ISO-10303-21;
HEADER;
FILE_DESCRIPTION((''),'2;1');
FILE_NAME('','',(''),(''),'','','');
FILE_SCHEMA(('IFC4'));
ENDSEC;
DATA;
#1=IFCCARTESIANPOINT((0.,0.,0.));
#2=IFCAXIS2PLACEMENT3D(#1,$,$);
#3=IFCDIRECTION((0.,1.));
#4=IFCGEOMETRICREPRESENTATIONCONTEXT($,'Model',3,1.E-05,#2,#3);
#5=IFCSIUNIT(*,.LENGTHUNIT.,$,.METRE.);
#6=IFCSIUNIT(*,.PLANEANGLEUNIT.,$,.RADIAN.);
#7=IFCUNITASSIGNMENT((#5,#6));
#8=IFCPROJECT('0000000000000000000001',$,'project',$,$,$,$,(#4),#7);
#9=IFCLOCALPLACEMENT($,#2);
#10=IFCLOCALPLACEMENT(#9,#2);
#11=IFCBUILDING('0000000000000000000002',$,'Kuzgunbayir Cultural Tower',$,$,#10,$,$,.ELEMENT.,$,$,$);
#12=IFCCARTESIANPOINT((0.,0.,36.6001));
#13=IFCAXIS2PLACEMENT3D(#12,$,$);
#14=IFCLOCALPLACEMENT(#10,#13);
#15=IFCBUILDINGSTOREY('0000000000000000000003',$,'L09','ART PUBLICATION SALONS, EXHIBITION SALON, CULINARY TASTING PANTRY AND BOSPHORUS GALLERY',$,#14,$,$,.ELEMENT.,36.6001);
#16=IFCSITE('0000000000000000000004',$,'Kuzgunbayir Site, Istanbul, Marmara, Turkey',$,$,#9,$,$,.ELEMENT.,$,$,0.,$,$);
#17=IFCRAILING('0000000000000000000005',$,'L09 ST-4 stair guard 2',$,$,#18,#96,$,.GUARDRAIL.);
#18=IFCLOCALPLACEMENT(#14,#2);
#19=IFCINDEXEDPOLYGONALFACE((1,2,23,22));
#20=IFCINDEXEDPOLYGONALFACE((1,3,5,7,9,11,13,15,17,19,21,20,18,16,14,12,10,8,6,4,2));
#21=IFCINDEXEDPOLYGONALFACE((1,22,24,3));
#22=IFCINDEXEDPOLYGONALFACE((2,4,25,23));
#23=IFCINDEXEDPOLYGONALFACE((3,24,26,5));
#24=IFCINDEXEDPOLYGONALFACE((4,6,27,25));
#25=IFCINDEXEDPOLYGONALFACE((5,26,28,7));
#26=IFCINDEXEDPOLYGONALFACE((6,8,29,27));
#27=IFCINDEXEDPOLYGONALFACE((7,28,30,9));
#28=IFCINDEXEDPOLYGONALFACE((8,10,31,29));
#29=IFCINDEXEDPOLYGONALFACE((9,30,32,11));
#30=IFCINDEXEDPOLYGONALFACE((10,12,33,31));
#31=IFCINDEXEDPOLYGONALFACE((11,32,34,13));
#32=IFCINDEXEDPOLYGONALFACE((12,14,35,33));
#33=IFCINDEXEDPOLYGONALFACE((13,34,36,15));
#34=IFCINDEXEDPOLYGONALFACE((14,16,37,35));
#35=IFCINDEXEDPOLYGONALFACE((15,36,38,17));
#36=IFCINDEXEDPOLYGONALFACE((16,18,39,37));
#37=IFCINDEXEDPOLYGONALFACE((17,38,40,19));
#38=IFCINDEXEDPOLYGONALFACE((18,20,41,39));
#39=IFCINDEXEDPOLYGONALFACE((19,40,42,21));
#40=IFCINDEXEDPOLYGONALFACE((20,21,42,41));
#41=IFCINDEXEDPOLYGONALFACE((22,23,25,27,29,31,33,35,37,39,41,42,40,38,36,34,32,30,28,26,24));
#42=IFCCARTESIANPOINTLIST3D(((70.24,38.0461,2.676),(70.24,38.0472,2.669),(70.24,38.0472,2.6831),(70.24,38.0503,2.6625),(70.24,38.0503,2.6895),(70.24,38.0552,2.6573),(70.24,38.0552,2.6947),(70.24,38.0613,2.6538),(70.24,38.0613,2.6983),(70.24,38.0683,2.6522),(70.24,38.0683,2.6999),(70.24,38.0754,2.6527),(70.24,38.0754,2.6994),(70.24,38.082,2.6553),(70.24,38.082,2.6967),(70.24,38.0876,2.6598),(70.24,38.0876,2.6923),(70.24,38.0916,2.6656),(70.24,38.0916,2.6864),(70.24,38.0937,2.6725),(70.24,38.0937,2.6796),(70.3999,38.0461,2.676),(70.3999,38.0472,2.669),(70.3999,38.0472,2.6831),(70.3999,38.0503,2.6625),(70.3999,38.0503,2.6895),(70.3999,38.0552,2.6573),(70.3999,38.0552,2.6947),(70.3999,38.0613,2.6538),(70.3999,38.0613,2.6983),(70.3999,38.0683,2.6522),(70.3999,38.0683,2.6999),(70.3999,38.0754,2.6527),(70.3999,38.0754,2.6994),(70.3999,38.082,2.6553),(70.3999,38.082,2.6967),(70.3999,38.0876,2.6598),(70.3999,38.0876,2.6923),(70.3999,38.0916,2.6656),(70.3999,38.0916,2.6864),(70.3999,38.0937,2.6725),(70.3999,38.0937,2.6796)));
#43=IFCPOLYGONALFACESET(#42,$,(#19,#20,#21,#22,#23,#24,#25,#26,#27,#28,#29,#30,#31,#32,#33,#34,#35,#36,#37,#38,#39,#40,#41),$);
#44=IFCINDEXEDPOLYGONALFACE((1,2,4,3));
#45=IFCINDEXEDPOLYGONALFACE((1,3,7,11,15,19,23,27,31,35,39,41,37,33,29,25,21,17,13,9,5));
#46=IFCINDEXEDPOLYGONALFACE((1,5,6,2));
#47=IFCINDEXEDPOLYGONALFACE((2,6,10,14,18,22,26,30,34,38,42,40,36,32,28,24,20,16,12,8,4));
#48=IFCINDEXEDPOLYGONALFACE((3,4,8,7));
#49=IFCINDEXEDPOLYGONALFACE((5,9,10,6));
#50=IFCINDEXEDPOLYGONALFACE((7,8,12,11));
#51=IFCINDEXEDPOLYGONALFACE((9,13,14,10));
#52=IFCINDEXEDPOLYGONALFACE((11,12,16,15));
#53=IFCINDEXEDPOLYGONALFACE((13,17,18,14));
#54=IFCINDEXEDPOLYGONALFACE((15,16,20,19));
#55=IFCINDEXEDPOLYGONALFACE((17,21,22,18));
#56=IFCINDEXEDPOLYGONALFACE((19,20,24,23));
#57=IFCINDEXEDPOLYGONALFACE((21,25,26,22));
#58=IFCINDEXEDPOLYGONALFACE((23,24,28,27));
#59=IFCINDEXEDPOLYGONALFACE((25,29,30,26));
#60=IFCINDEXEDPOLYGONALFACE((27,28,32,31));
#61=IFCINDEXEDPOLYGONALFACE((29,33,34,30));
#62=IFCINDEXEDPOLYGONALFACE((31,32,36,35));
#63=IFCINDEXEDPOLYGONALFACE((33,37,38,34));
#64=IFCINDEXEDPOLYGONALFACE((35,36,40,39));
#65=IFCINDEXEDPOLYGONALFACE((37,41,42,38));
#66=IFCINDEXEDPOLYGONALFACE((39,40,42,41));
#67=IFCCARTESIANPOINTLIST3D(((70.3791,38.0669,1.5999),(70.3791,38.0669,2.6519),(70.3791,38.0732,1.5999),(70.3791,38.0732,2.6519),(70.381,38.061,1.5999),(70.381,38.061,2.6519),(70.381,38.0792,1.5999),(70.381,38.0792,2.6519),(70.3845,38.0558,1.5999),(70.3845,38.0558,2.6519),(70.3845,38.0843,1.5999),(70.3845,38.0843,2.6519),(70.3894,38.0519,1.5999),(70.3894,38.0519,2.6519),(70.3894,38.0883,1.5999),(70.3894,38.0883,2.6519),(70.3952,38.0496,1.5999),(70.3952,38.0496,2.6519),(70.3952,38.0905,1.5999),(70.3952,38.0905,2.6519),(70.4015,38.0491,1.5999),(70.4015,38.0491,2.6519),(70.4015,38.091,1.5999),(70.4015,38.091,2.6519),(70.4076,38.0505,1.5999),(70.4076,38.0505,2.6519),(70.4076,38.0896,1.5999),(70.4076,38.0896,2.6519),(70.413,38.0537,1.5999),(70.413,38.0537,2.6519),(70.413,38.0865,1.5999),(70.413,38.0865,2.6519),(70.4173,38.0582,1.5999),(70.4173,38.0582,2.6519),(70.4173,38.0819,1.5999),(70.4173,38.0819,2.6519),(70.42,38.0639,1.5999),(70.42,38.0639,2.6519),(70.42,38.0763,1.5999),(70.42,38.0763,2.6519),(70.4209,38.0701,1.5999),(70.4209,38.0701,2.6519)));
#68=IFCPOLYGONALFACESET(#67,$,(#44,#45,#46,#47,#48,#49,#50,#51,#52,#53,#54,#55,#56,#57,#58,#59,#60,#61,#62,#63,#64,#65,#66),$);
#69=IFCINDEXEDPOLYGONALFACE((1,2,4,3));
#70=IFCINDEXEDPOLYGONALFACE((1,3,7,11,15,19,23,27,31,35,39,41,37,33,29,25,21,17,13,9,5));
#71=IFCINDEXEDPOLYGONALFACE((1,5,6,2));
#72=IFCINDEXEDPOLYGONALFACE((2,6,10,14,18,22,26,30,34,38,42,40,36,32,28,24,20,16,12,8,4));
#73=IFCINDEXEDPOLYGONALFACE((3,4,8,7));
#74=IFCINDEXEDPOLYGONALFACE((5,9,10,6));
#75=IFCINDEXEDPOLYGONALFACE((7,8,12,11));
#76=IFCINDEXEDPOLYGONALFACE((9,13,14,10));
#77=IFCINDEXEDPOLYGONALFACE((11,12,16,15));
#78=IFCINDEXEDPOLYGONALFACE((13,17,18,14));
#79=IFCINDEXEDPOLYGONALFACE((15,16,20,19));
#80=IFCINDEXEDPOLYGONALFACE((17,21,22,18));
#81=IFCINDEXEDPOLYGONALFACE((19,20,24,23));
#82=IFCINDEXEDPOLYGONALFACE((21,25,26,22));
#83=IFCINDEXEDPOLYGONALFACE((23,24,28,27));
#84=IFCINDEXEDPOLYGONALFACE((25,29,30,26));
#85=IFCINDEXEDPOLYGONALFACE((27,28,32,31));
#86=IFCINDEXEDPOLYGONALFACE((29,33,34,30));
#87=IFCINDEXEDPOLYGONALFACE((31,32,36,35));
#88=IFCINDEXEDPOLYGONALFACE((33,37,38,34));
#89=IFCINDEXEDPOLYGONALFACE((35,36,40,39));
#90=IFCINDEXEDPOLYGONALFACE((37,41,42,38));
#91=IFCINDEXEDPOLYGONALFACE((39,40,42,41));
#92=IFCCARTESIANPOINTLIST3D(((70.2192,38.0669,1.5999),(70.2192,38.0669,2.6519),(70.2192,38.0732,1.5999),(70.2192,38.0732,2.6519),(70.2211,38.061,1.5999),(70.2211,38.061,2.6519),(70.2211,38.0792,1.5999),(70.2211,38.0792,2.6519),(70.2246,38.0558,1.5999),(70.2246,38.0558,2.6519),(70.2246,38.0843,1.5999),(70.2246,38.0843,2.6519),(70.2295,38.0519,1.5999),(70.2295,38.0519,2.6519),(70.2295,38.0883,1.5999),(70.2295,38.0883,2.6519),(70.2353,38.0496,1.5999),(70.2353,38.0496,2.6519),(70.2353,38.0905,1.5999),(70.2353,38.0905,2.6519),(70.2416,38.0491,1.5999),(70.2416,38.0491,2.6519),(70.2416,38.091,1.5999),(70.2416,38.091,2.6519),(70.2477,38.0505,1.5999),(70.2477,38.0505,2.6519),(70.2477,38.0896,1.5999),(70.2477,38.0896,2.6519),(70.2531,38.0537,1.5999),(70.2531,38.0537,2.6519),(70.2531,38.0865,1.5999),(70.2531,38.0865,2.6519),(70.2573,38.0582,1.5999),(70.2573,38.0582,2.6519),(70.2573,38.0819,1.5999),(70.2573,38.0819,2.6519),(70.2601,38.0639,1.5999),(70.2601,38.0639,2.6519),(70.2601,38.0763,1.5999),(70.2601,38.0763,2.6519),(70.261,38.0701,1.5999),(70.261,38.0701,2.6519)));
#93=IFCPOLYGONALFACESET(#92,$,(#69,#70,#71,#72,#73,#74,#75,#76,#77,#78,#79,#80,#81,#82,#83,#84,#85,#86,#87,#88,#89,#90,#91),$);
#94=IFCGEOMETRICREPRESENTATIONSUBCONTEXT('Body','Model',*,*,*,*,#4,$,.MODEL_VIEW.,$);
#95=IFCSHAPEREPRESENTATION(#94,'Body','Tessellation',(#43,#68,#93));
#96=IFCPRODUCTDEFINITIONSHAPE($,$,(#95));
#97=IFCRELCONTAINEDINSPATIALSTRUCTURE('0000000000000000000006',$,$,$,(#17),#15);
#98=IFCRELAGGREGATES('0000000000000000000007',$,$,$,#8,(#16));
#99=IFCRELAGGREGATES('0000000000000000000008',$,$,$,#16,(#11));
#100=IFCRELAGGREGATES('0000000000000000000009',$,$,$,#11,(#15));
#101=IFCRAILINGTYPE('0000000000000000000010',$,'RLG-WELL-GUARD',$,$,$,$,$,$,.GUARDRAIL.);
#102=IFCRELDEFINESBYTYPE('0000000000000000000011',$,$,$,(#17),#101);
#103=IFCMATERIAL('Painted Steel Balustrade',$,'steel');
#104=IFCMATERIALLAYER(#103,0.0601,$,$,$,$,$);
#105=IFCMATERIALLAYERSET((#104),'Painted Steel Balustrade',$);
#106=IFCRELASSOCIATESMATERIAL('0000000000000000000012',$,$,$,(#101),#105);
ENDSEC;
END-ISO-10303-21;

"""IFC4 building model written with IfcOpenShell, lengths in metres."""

from ifc_helpers import new_model, si_unit, direction, frame, origin, origin_2d, place, context, subcontext, project, spatial, circle, extrude, material, layer, layer_set, type_object, element, save


model = new_model("IFC4")

# Units and contexts
model_context = context("Model", 3, precision=1e-05, world=origin(), true_north=direction((0.0, 1.0)))
body_context = subcontext(model_context, "Body", "Model", "MODEL_VIEW")
ifc_project = project(units=[si_unit("LENGTHUNIT", "METRE"), si_unit("PLANEANGLEUNIT", "RADIAN")], contexts=[model_context])

# Site, building, storey
site_placement = place(None, origin())
site = spatial("IfcSite", under=ifc_project, at=site_placement, Name="Kuzgunbayir Site, Istanbul, Marmara, Turkey", CompositionType="ELEMENT", RefElevation=0.0)
building_placement = place(site_placement, origin())
building = spatial("IfcBuilding", under=site, at=building_placement, Name="Kuzgunbayir Cultural Tower", CompositionType="ELEMENT")
storey_placement = place(building_placement, frame((0.0, 0.0, 36.6001)))
storey = spatial("IfcBuildingStorey", under=building, at=storey_placement, Name="L09", Description="ART PUBLICATION SALONS, EXHIBITION SALON, CULINARY TASTING PANTRY AND BOSPHORUS GALLERY", CompositionType="ELEMENT", Elevation=36.6001)

# Railing
ifc_material_1 = material(Name="Painted Steel Balustrade", Category="steel")
ifc_layer_1 = layer(ifc_material_1, 0.0601)
ifc_layer_set_1 = layer_set([ifc_layer_1], Name="Painted Steel Balustrade")
railing_type_1 = type_object("IfcRailingType", Name="RLG-WELL-GUARD", PredefinedType="GUARDRAIL", material=ifc_layer_set_1)
railing_1_placement = place(storey_placement, frame((70.3999, 38.0701, 1.5999)))
element("IfcRailing", 1, at=railing_1_placement, inside=storey, type_object=railing_type_1, Name="L09 ST-4 stair guard 2", PredefinedType="GUARDRAIL", context=body_context, shape_type="SweptSolid", body=[
    extrude(circle(Radius=0.0239, at=origin_2d()), frame((0.0, 0.0, 1.0762), z_axis=(-1.0, 0.0, 0.0), x_axis=(0.0, -1.0, 0.0)), (0.0, 0.0, 1.0), 0.1599),
    extrude(circle(Radius=0.021, at=origin_2d()), origin(), (0.0, 0.0, 1.0), 1.052),
    extrude(circle(Radius=0.021, at=origin_2d()), frame((-0.1599, 0.0, 0.0)), (0.0, 0.0, 1.0), 1.052),
])

save(model, "model.ifc")
